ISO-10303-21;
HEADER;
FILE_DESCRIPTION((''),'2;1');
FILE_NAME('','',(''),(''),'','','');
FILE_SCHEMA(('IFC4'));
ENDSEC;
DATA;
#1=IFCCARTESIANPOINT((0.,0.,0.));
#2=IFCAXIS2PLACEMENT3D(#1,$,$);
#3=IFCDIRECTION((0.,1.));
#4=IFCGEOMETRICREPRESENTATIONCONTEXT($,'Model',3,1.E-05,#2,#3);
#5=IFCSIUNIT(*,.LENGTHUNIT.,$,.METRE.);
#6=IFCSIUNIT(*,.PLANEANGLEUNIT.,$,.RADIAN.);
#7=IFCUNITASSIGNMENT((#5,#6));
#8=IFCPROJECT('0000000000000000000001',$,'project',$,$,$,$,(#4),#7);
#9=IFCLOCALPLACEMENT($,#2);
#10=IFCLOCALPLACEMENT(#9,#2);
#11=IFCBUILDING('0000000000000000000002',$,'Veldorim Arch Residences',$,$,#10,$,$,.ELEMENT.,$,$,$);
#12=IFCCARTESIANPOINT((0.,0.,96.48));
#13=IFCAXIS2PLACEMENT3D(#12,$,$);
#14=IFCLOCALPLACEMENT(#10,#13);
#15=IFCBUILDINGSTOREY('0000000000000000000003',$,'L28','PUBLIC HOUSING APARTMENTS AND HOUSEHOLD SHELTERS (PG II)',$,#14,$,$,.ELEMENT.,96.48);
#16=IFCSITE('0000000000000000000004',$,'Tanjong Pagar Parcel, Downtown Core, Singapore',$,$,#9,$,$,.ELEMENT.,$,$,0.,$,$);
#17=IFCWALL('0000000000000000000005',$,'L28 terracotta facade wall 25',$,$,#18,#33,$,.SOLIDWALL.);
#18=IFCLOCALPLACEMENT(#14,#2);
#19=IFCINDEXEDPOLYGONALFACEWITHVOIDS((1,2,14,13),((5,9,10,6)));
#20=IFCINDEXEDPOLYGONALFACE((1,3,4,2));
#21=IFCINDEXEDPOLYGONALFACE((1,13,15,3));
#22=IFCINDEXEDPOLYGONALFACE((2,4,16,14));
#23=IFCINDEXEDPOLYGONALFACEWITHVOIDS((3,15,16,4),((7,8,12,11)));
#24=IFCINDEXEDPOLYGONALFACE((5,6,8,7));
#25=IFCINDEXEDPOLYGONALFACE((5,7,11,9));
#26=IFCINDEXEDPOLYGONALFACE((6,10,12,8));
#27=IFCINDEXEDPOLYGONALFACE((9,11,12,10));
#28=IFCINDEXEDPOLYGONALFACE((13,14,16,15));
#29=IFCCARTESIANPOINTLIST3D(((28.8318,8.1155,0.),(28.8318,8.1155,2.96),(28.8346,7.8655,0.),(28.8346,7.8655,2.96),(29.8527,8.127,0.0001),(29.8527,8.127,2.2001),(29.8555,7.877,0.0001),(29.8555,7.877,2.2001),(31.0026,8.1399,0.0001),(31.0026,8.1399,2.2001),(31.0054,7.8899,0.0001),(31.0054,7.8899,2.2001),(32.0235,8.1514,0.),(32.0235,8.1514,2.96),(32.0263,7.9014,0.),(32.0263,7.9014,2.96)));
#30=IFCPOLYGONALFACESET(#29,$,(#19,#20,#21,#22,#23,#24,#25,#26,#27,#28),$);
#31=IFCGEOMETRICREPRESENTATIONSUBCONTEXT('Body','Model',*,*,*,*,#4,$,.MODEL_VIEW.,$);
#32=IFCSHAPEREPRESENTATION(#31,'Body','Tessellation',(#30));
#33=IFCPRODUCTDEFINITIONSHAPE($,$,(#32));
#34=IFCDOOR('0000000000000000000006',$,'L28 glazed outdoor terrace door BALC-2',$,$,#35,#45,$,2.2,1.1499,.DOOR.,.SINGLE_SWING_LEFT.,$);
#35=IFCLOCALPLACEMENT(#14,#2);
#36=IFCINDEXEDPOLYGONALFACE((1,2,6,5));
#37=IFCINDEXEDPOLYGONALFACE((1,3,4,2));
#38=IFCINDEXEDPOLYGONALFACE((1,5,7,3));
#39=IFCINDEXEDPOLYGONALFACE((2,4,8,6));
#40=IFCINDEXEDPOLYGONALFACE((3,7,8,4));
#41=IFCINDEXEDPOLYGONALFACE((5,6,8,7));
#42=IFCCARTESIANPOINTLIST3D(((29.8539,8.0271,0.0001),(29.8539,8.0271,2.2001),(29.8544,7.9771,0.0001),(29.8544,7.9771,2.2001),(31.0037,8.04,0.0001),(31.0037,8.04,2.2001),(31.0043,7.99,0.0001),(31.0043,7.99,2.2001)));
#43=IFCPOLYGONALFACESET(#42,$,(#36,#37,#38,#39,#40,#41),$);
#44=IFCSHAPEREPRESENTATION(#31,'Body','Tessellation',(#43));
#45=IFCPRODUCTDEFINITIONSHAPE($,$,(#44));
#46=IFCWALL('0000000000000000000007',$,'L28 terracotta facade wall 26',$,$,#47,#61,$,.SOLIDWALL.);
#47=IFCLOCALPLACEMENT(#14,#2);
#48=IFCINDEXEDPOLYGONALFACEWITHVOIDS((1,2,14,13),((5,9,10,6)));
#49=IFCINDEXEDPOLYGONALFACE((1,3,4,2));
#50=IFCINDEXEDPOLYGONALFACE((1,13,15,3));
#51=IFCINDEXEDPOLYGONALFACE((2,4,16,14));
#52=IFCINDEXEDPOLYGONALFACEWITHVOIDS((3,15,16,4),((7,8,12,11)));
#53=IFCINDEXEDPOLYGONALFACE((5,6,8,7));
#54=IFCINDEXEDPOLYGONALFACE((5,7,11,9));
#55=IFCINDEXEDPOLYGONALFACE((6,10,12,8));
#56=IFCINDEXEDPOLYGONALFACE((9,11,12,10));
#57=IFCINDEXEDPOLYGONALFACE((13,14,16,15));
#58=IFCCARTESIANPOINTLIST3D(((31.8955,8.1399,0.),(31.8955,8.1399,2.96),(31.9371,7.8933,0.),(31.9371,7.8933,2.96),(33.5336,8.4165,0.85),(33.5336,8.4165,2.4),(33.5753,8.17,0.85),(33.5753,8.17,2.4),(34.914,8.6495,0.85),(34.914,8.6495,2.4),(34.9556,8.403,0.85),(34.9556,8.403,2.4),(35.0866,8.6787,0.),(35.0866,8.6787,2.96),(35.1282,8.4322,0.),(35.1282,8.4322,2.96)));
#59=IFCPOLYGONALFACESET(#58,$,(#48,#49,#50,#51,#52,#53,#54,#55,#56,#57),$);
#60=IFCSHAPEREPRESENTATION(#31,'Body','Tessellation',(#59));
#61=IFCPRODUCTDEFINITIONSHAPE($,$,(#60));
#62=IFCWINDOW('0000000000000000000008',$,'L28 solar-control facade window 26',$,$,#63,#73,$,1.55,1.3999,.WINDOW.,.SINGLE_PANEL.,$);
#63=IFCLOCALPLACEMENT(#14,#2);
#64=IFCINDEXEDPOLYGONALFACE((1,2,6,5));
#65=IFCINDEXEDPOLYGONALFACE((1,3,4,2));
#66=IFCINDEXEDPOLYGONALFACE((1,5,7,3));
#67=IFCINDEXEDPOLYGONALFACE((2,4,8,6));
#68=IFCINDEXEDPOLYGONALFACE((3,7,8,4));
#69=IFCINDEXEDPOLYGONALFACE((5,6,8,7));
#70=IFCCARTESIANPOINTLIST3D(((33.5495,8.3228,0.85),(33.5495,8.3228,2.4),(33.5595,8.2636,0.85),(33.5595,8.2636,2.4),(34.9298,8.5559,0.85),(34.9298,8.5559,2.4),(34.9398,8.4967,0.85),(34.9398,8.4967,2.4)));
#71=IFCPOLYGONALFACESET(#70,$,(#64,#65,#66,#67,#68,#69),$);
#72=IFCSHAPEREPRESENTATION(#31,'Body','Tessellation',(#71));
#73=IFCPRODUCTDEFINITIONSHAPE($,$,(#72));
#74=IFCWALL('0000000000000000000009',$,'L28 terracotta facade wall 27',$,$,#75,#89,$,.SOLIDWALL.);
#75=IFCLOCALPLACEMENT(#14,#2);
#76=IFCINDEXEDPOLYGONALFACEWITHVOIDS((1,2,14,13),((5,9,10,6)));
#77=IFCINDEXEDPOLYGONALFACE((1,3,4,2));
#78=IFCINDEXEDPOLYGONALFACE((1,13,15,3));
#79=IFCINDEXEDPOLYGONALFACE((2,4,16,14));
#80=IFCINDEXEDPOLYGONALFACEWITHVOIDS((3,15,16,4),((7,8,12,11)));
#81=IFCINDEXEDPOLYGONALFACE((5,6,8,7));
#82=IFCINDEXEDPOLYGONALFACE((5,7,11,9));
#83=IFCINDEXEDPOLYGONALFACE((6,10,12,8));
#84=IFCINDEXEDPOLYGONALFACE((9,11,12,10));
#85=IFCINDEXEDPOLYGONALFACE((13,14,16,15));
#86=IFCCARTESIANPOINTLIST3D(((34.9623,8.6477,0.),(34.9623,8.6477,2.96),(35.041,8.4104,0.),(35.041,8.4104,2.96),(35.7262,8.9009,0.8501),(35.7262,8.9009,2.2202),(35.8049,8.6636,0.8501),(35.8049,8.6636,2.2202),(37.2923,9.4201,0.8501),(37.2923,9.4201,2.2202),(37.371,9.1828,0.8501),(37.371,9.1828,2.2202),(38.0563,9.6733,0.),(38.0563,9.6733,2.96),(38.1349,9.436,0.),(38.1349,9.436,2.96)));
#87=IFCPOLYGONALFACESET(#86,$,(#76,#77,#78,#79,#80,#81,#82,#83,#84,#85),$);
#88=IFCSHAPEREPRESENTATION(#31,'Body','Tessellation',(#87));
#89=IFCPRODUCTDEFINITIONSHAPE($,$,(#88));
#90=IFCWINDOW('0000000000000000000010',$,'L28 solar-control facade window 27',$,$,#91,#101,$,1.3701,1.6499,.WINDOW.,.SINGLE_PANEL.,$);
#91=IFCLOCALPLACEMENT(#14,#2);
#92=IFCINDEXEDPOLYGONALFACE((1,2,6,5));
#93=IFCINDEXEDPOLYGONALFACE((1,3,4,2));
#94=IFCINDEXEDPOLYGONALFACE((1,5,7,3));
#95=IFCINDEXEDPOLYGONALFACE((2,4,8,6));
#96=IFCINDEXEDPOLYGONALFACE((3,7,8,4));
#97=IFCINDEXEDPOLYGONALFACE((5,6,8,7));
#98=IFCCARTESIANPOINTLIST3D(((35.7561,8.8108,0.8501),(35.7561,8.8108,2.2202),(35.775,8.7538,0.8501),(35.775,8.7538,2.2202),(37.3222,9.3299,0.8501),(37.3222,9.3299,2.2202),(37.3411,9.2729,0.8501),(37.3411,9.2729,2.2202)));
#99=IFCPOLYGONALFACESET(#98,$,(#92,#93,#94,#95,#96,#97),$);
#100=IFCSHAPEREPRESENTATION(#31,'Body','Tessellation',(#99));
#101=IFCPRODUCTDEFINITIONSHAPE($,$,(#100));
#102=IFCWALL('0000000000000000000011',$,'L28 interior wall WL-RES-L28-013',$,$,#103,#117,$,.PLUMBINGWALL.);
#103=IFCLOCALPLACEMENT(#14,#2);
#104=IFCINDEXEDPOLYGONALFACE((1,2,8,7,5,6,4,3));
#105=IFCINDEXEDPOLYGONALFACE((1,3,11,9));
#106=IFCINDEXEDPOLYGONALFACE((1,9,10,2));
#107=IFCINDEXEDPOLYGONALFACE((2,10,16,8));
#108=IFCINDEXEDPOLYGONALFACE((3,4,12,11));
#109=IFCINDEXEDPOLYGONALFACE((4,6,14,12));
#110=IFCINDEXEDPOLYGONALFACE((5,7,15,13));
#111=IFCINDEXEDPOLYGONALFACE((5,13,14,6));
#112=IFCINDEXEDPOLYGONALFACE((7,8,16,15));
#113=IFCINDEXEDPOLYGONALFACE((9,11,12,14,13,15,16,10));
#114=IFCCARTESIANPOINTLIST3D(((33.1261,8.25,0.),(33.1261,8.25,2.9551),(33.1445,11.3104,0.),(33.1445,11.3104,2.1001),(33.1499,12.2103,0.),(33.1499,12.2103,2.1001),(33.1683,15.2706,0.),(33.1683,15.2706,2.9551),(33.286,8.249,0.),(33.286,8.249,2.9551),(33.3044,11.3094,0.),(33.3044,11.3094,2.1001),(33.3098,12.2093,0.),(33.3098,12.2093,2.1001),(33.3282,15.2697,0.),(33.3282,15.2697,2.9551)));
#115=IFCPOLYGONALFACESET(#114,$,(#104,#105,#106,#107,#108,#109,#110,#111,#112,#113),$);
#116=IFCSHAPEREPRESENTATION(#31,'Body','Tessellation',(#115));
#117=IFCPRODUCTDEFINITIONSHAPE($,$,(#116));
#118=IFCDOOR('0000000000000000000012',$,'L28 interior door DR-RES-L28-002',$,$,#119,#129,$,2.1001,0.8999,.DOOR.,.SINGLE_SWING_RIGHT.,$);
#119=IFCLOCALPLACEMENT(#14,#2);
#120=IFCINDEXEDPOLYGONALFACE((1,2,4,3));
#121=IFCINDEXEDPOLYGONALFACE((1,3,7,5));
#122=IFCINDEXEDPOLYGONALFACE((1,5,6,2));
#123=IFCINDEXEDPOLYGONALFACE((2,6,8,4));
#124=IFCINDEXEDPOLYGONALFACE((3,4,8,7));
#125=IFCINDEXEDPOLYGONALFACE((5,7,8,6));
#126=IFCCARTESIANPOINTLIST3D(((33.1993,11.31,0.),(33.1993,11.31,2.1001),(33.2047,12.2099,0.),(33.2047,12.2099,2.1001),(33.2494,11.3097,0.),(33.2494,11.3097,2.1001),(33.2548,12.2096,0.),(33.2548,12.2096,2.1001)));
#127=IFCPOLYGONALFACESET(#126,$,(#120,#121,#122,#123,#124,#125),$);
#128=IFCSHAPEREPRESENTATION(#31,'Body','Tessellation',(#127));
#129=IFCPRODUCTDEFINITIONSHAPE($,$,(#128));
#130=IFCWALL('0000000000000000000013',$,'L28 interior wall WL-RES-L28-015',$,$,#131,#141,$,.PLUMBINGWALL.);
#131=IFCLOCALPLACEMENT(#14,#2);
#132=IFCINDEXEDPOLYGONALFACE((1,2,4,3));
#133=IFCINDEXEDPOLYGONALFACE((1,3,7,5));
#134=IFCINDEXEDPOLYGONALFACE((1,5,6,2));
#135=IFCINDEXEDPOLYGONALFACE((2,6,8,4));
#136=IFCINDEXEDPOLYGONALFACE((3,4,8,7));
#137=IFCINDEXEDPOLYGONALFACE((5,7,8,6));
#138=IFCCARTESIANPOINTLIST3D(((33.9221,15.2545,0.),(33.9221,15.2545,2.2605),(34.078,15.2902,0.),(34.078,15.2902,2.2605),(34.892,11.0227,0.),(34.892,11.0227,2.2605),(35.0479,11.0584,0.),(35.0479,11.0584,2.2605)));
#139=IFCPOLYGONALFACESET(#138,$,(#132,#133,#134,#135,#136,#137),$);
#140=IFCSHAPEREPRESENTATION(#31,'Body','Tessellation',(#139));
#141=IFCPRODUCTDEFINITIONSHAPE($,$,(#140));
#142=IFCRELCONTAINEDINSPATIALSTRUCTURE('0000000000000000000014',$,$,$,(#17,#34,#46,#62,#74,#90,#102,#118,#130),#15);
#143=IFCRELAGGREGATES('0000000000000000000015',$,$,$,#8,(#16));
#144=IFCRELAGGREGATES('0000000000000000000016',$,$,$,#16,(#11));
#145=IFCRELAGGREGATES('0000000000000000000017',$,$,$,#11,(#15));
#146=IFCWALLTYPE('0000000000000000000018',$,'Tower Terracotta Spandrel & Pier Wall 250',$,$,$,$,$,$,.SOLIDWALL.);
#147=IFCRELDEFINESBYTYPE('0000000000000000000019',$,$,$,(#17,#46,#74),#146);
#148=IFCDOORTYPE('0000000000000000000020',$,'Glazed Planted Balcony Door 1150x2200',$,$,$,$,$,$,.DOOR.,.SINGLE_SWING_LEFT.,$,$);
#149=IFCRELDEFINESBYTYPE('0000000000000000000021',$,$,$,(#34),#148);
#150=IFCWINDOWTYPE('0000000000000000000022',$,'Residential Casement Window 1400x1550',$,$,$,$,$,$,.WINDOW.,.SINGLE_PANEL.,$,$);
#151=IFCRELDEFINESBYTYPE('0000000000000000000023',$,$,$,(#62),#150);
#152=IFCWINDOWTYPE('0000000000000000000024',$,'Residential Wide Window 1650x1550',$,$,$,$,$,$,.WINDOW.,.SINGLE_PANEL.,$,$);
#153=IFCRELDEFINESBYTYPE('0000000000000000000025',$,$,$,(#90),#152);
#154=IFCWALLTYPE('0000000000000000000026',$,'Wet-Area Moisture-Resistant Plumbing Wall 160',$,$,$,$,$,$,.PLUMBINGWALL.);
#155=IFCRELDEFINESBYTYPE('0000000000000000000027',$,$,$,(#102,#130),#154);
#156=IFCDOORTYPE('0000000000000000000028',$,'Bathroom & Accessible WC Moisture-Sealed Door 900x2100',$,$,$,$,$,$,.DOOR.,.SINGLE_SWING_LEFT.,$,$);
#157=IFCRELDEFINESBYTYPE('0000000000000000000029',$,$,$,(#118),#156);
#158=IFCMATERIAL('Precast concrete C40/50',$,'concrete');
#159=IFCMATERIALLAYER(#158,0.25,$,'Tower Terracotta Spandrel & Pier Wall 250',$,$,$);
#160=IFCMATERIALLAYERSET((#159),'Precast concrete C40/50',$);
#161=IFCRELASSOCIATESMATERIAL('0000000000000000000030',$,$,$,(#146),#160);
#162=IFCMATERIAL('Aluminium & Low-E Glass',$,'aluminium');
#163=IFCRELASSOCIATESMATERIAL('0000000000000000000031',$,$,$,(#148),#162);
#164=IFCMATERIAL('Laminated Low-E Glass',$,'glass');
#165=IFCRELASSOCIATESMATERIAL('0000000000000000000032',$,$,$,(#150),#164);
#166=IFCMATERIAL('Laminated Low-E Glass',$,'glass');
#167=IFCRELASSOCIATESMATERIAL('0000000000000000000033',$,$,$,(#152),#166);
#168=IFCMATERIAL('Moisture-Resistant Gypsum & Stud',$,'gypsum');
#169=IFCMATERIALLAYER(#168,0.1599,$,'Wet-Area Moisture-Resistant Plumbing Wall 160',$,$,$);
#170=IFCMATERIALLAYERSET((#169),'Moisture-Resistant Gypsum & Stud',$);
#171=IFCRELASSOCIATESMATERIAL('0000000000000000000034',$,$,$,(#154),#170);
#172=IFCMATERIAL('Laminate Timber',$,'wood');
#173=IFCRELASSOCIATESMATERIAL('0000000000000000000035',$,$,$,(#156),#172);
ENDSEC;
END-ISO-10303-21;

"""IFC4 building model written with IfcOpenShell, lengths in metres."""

from ifc_helpers import new_model, si_unit, direction, frame, frame_2d, origin, place, context, subcontext, project, spatial, rectangle, extrude, material, layer, layer_set, type_object, element, fill, save


model = new_model("IFC4")

# Units and contexts
model_context = context("Model", 3, precision=1e-05, world=origin(), true_north=direction((0.0, 1.0)))
body_context = subcontext(model_context, "Body", "Model", "MODEL_VIEW")
ifc_project = project(units=[si_unit("LENGTHUNIT", "METRE"), si_unit("PLANEANGLEUNIT", "RADIAN")], contexts=[model_context])

# Site, building, storey
site_placement = place(None, origin())
site = spatial("IfcSite", under=ifc_project, at=site_placement, Name="Tanjong Pagar Parcel, Downtown Core, Singapore", CompositionType="ELEMENT", RefElevation=0.0)
building_placement = place(site_placement, origin())
building = spatial("IfcBuilding", under=site, at=building_placement, Name="Veldorim Arch Residences", CompositionType="ELEMENT")
storey_placement = place(building_placement, frame((0.0, 0.0, 96.48)))
storey = spatial("IfcBuildingStorey", under=building, at=storey_placement, Name="L28", Description="PUBLIC HOUSING APARTMENTS AND HOUSEHOLD SHELTERS (PG II)", CompositionType="ELEMENT", Elevation=96.48)

# Wall, opening, door
ifc_material_1 = material(Name="Precast concrete C40/50", Category="concrete")
ifc_layer_1 = layer(ifc_material_1, 0.25, Name="Tower Terracotta Spandrel & Pier Wall 250")
ifc_layer_set_1 = layer_set([ifc_layer_1], Name="Precast concrete C40/50")
wall_type_1 = type_object("IfcWallType", Name="Tower Terracotta Spandrel & Pier Wall 250", PredefinedType="SOLIDWALL", material=ifc_layer_set_1)
wall_1_placement = place(storey_placement, frame((32.0249, 8.0264, 0.0), z_axis=(0.0, 0.0, 1.0), x_axis=(-0.999937, -0.011244, 0.0)))
wall_1 = element("IfcWall", 1, at=wall_1_placement, inside=storey, type_object=wall_type_1, Name="L28 terracotta facade wall 25", PredefinedType="SOLIDWALL", context=body_context, shape_type="SweptSolid", body=[
    extrude(rectangle(XDim=3.1919, YDim=0.25, at=frame_2d((1.5959, 0.0))), origin(), (0.0, 0.0, 1.0), 2.96),
])
opening_1_placement = place(wall_1_placement, frame((1.021, 0.0, 0.0)))
opening_1 = element("IfcOpeningElement", 2, at=opening_1_placement, cuts=wall_1, PredefinedType="OPENING", context=body_context, shape_type="SweptSolid", body=[
    extrude(rectangle(XDim=1.1499, YDim=2.2, at=frame_2d((0.575, 1.1001))), frame((0.0, 0.135, 0.0), z_axis=(0.0, -1.0, 0.0), x_axis=(1.0, 0.0, 0.0)), (0.0, 0.0, 1.0), 0.27),
])
ifc_material_2 = material(Name="Aluminium & Low-E Glass", Category="aluminium")
door_type_1 = type_object("IfcDoorType", Name="Glazed Planted Balcony Door 1150x2200", OperationType="SINGLE_SWING_LEFT", PredefinedType="DOOR", material=ifc_material_2)
door_1_placement = place(opening_1_placement, origin())
door_1 = element("IfcDoor", 3, at=door_1_placement, inside=storey, type_object=door_type_1, Name="L28 glazed outdoor terrace door BALC-2", OperationType="SINGLE_SWING_LEFT", OverallHeight=2.2, OverallWidth=1.1499, PredefinedType="DOOR", context=body_context, shape_type="SweptSolid", body=[
    extrude(rectangle(XDim=1.1499, YDim=2.2, at=frame_2d((0.575, 1.1001))), frame((0.0, 0.0249, 0.0), z_axis=(0.0, -1.0, 0.0), x_axis=(1.0, 0.0, 0.0)), (0.0, 0.0, 1.0), 0.05),
])
fill(opening_1, door_1)

# Walls, openings, windows
wall_2_placement = place(storey_placement, frame((35.1074, 8.5554, 0.0), z_axis=(0.0, 0.0, 1.0), x_axis=(-0.986043, -0.16649, 0.0)))
wall_2 = element("IfcWall", 4, at=wall_2_placement, inside=storey, type_object=wall_type_1, Name="L28 terracotta facade wall 26", PredefinedType="SOLIDWALL", context=body_context, shape_type="SweptSolid", body=[
    extrude(rectangle(XDim=3.2363, YDim=0.25, at=frame_2d((1.6182, 0.0))), origin(), (0.0, 0.0, 1.0), 2.96),
])
opening_2_placement = place(wall_2_placement, frame((0.175, 0.0, 0.8501)))
opening_2 = element("IfcOpeningElement", 5, at=opening_2_placement, cuts=wall_2, PredefinedType="OPENING", context=body_context, shape_type="SweptSolid", body=[
    extrude(rectangle(XDim=1.3999, YDim=1.55, at=frame_2d((0.7, 0.7749))), frame((0.0, 0.135, 0.0), z_axis=(0.0, -1.0, 0.0), x_axis=(1.0, 0.0, 0.0)), (0.0, 0.0, 1.0), 0.27),
])
ifc_material_3 = material(Name="Laminated Low-E Glass", Category="glass")
window_type_1 = type_object("IfcWindowType", Name="Residential Casement Window 1400x1550", PartitioningType="SINGLE_PANEL", PredefinedType="WINDOW", material=ifc_material_3)
window_1_placement = place(opening_2_placement, origin())
window_1 = element("IfcWindow", 6, at=window_1_placement, inside=storey, type_object=window_type_1, Name="L28 solar-control facade window 26", OverallHeight=1.55, OverallWidth=1.3999, PartitioningType="SINGLE_PANEL", PredefinedType="WINDOW", context=body_context, shape_type="SweptSolid", body=[
    extrude(rectangle(XDim=1.3999, YDim=1.55, at=frame_2d((0.7, 0.7749))), frame((0.0, 0.03, 0.0), z_axis=(0.0, -1.0, 0.0), x_axis=(1.0, 0.0, 0.0)), (0.0, 0.0, 1.0), 0.0601),
])
fill(opening_2, window_1)
wall_3_placement = place(storey_placement, frame((38.0957, 9.5547, 0.0), z_axis=(0.0, 0.0, 1.0), x_axis=(-0.949206, -0.314654, 0.0)))
wall_3 = element("IfcWall", 7, at=wall_3_placement, inside=storey, type_object=wall_type_1, Name="L28 terracotta facade wall 27", PredefinedType="SOLIDWALL", context=body_context, shape_type="SweptSolid", body=[
    extrude(rectangle(XDim=3.2595, YDim=0.25, at=frame_2d((1.6299, 0.0))), origin(), (0.0, 0.0, 1.0), 2.96),
])
opening_3_placement = place(wall_3_placement, frame((0.8049, 0.0, 0.8501)))
opening_3 = element("IfcOpeningElement", 8, at=opening_3_placement, cuts=wall_3, PredefinedType="OPENING", context=body_context, shape_type="SweptSolid", body=[
    extrude(rectangle(XDim=1.6499, YDim=1.3701, at=frame_2d((0.825, 0.6851))), frame((0.0, 0.135, 0.0), z_axis=(0.0, -1.0, 0.0), x_axis=(1.0, 0.0, 0.0)), (0.0, 0.0, 1.0), 0.27),
])
ifc_material_4 = material(Name="Laminated Low-E Glass", Category="glass")
window_type_2 = type_object("IfcWindowType", Name="Residential Wide Window 1650x1550", PartitioningType="SINGLE_PANEL", PredefinedType="WINDOW", material=ifc_material_4)
window_2_placement = place(opening_3_placement, origin())
window_2 = element("IfcWindow", 9, at=window_2_placement, inside=storey, type_object=window_type_2, Name="L28 solar-control facade window 27", OverallHeight=1.3701, OverallWidth=1.6499, PartitioningType="SINGLE_PANEL", PredefinedType="WINDOW", context=body_context, shape_type="SweptSolid", body=[
    extrude(rectangle(XDim=1.6499, YDim=1.3701, at=frame_2d((0.825, 0.6851))), frame((0.0, 0.03, 0.0), z_axis=(0.0, -1.0, 0.0), x_axis=(1.0, 0.0, 0.0)), (0.0, 0.0, 1.0), 0.0601),
])
fill(opening_3, window_2)

# Wall, opening, door
ifc_material_5 = material(Name="Moisture-Resistant Gypsum & Stud", Category="gypsum")
ifc_layer_2 = layer(ifc_material_5, 0.1599, Name="Wet-Area Moisture-Resistant Plumbing Wall 160")
ifc_layer_set_2 = layer_set([ifc_layer_2], Name="Moisture-Resistant Gypsum & Stud")
wall_type_2 = type_object("IfcWallType", Name="Wet-Area Moisture-Resistant Plumbing Wall 160", PredefinedType="PLUMBINGWALL", material=ifc_layer_set_2)
wall_4_placement = place(storey_placement, frame((33.2483, 15.27, 0.0), z_axis=(0.0, 0.0, 1.0), x_axis=(-0.006016, -0.999982, 0.0)))
wall_4 = element("IfcWall", 10, at=wall_4_placement, inside=storey, type_object=wall_type_2, Name="L28 interior wall WL-RES-L28-013", PredefinedType="PLUMBINGWALL", context=body_context, shape_type="SweptSolid", body=[
    extrude(rectangle(XDim=7.0208, YDim=0.1599, at=frame_2d((3.5103, 0.0))), origin(), (0.0, 0.0, 1.0), 2.9551),
])
opening_4_placement = place(wall_4_placement, frame((3.0603, 0.0, 0.0)))
opening_4 = element("IfcOpeningElement", 11, at=opening_4_placement, cuts=wall_4, PredefinedType="OPENING", context=body_context, shape_type="SweptSolid", body=[
    extrude(rectangle(XDim=0.8999, YDim=2.1001, at=frame_2d((0.45, 1.05))), frame((0.0, 0.0898, 0.0), z_axis=(0.0, -1.0, 0.0), x_axis=(1.0, 0.0, 0.0)), (0.0, 0.0, 1.0), 0.1799),
])
ifc_material_6 = material(Name="Laminate Timber", Category="wood")
door_type_2 = type_object("IfcDoorType", Name="Bathroom & Accessible WC Moisture-Sealed Door 900x2100", OperationType="SINGLE_SWING_LEFT", PredefinedType="DOOR", material=ifc_material_6)
door_2_placement = place(opening_4_placement, origin())
door_2 = element("IfcDoor", 12, at=door_2_placement, inside=storey, type_object=door_type_2, Name="L28 interior door DR-RES-L28-002", OperationType="SINGLE_SWING_RIGHT", OverallHeight=2.1001, OverallWidth=0.8999, PredefinedType="DOOR", context=body_context, shape_type="SweptSolid", body=[
    extrude(rectangle(XDim=0.8999, YDim=2.1001, at=frame_2d((0.45, 1.05))), frame((0.0, 0.0249, 0.0), z_axis=(0.0, -1.0, 0.0), x_axis=(1.0, 0.0, 0.0)), (0.0, 0.0, 1.0), 0.05),
])
fill(opening_4, door_2)

# Wall
wall_5_placement = place(storey_placement, frame((34.0, 15.2725, 0.0), z_axis=(0.0, 0.0, 1.0), x_axis=(0.22341, -0.974725, 0.0)))
element("IfcWall", 13, at=wall_5_placement, inside=storey, type_object=wall_type_2, Name="L28 interior wall WL-RES-L28-015", PredefinedType="PLUMBINGWALL", context=body_context, shape_type="SweptSolid", body=[
    extrude(rectangle(XDim=4.3416, YDim=0.1599, at=frame_2d((2.1709, 0.0))), origin(), (0.0, 0.0, 1.0), 2.2605),
])

save(model, "model.ifc")
